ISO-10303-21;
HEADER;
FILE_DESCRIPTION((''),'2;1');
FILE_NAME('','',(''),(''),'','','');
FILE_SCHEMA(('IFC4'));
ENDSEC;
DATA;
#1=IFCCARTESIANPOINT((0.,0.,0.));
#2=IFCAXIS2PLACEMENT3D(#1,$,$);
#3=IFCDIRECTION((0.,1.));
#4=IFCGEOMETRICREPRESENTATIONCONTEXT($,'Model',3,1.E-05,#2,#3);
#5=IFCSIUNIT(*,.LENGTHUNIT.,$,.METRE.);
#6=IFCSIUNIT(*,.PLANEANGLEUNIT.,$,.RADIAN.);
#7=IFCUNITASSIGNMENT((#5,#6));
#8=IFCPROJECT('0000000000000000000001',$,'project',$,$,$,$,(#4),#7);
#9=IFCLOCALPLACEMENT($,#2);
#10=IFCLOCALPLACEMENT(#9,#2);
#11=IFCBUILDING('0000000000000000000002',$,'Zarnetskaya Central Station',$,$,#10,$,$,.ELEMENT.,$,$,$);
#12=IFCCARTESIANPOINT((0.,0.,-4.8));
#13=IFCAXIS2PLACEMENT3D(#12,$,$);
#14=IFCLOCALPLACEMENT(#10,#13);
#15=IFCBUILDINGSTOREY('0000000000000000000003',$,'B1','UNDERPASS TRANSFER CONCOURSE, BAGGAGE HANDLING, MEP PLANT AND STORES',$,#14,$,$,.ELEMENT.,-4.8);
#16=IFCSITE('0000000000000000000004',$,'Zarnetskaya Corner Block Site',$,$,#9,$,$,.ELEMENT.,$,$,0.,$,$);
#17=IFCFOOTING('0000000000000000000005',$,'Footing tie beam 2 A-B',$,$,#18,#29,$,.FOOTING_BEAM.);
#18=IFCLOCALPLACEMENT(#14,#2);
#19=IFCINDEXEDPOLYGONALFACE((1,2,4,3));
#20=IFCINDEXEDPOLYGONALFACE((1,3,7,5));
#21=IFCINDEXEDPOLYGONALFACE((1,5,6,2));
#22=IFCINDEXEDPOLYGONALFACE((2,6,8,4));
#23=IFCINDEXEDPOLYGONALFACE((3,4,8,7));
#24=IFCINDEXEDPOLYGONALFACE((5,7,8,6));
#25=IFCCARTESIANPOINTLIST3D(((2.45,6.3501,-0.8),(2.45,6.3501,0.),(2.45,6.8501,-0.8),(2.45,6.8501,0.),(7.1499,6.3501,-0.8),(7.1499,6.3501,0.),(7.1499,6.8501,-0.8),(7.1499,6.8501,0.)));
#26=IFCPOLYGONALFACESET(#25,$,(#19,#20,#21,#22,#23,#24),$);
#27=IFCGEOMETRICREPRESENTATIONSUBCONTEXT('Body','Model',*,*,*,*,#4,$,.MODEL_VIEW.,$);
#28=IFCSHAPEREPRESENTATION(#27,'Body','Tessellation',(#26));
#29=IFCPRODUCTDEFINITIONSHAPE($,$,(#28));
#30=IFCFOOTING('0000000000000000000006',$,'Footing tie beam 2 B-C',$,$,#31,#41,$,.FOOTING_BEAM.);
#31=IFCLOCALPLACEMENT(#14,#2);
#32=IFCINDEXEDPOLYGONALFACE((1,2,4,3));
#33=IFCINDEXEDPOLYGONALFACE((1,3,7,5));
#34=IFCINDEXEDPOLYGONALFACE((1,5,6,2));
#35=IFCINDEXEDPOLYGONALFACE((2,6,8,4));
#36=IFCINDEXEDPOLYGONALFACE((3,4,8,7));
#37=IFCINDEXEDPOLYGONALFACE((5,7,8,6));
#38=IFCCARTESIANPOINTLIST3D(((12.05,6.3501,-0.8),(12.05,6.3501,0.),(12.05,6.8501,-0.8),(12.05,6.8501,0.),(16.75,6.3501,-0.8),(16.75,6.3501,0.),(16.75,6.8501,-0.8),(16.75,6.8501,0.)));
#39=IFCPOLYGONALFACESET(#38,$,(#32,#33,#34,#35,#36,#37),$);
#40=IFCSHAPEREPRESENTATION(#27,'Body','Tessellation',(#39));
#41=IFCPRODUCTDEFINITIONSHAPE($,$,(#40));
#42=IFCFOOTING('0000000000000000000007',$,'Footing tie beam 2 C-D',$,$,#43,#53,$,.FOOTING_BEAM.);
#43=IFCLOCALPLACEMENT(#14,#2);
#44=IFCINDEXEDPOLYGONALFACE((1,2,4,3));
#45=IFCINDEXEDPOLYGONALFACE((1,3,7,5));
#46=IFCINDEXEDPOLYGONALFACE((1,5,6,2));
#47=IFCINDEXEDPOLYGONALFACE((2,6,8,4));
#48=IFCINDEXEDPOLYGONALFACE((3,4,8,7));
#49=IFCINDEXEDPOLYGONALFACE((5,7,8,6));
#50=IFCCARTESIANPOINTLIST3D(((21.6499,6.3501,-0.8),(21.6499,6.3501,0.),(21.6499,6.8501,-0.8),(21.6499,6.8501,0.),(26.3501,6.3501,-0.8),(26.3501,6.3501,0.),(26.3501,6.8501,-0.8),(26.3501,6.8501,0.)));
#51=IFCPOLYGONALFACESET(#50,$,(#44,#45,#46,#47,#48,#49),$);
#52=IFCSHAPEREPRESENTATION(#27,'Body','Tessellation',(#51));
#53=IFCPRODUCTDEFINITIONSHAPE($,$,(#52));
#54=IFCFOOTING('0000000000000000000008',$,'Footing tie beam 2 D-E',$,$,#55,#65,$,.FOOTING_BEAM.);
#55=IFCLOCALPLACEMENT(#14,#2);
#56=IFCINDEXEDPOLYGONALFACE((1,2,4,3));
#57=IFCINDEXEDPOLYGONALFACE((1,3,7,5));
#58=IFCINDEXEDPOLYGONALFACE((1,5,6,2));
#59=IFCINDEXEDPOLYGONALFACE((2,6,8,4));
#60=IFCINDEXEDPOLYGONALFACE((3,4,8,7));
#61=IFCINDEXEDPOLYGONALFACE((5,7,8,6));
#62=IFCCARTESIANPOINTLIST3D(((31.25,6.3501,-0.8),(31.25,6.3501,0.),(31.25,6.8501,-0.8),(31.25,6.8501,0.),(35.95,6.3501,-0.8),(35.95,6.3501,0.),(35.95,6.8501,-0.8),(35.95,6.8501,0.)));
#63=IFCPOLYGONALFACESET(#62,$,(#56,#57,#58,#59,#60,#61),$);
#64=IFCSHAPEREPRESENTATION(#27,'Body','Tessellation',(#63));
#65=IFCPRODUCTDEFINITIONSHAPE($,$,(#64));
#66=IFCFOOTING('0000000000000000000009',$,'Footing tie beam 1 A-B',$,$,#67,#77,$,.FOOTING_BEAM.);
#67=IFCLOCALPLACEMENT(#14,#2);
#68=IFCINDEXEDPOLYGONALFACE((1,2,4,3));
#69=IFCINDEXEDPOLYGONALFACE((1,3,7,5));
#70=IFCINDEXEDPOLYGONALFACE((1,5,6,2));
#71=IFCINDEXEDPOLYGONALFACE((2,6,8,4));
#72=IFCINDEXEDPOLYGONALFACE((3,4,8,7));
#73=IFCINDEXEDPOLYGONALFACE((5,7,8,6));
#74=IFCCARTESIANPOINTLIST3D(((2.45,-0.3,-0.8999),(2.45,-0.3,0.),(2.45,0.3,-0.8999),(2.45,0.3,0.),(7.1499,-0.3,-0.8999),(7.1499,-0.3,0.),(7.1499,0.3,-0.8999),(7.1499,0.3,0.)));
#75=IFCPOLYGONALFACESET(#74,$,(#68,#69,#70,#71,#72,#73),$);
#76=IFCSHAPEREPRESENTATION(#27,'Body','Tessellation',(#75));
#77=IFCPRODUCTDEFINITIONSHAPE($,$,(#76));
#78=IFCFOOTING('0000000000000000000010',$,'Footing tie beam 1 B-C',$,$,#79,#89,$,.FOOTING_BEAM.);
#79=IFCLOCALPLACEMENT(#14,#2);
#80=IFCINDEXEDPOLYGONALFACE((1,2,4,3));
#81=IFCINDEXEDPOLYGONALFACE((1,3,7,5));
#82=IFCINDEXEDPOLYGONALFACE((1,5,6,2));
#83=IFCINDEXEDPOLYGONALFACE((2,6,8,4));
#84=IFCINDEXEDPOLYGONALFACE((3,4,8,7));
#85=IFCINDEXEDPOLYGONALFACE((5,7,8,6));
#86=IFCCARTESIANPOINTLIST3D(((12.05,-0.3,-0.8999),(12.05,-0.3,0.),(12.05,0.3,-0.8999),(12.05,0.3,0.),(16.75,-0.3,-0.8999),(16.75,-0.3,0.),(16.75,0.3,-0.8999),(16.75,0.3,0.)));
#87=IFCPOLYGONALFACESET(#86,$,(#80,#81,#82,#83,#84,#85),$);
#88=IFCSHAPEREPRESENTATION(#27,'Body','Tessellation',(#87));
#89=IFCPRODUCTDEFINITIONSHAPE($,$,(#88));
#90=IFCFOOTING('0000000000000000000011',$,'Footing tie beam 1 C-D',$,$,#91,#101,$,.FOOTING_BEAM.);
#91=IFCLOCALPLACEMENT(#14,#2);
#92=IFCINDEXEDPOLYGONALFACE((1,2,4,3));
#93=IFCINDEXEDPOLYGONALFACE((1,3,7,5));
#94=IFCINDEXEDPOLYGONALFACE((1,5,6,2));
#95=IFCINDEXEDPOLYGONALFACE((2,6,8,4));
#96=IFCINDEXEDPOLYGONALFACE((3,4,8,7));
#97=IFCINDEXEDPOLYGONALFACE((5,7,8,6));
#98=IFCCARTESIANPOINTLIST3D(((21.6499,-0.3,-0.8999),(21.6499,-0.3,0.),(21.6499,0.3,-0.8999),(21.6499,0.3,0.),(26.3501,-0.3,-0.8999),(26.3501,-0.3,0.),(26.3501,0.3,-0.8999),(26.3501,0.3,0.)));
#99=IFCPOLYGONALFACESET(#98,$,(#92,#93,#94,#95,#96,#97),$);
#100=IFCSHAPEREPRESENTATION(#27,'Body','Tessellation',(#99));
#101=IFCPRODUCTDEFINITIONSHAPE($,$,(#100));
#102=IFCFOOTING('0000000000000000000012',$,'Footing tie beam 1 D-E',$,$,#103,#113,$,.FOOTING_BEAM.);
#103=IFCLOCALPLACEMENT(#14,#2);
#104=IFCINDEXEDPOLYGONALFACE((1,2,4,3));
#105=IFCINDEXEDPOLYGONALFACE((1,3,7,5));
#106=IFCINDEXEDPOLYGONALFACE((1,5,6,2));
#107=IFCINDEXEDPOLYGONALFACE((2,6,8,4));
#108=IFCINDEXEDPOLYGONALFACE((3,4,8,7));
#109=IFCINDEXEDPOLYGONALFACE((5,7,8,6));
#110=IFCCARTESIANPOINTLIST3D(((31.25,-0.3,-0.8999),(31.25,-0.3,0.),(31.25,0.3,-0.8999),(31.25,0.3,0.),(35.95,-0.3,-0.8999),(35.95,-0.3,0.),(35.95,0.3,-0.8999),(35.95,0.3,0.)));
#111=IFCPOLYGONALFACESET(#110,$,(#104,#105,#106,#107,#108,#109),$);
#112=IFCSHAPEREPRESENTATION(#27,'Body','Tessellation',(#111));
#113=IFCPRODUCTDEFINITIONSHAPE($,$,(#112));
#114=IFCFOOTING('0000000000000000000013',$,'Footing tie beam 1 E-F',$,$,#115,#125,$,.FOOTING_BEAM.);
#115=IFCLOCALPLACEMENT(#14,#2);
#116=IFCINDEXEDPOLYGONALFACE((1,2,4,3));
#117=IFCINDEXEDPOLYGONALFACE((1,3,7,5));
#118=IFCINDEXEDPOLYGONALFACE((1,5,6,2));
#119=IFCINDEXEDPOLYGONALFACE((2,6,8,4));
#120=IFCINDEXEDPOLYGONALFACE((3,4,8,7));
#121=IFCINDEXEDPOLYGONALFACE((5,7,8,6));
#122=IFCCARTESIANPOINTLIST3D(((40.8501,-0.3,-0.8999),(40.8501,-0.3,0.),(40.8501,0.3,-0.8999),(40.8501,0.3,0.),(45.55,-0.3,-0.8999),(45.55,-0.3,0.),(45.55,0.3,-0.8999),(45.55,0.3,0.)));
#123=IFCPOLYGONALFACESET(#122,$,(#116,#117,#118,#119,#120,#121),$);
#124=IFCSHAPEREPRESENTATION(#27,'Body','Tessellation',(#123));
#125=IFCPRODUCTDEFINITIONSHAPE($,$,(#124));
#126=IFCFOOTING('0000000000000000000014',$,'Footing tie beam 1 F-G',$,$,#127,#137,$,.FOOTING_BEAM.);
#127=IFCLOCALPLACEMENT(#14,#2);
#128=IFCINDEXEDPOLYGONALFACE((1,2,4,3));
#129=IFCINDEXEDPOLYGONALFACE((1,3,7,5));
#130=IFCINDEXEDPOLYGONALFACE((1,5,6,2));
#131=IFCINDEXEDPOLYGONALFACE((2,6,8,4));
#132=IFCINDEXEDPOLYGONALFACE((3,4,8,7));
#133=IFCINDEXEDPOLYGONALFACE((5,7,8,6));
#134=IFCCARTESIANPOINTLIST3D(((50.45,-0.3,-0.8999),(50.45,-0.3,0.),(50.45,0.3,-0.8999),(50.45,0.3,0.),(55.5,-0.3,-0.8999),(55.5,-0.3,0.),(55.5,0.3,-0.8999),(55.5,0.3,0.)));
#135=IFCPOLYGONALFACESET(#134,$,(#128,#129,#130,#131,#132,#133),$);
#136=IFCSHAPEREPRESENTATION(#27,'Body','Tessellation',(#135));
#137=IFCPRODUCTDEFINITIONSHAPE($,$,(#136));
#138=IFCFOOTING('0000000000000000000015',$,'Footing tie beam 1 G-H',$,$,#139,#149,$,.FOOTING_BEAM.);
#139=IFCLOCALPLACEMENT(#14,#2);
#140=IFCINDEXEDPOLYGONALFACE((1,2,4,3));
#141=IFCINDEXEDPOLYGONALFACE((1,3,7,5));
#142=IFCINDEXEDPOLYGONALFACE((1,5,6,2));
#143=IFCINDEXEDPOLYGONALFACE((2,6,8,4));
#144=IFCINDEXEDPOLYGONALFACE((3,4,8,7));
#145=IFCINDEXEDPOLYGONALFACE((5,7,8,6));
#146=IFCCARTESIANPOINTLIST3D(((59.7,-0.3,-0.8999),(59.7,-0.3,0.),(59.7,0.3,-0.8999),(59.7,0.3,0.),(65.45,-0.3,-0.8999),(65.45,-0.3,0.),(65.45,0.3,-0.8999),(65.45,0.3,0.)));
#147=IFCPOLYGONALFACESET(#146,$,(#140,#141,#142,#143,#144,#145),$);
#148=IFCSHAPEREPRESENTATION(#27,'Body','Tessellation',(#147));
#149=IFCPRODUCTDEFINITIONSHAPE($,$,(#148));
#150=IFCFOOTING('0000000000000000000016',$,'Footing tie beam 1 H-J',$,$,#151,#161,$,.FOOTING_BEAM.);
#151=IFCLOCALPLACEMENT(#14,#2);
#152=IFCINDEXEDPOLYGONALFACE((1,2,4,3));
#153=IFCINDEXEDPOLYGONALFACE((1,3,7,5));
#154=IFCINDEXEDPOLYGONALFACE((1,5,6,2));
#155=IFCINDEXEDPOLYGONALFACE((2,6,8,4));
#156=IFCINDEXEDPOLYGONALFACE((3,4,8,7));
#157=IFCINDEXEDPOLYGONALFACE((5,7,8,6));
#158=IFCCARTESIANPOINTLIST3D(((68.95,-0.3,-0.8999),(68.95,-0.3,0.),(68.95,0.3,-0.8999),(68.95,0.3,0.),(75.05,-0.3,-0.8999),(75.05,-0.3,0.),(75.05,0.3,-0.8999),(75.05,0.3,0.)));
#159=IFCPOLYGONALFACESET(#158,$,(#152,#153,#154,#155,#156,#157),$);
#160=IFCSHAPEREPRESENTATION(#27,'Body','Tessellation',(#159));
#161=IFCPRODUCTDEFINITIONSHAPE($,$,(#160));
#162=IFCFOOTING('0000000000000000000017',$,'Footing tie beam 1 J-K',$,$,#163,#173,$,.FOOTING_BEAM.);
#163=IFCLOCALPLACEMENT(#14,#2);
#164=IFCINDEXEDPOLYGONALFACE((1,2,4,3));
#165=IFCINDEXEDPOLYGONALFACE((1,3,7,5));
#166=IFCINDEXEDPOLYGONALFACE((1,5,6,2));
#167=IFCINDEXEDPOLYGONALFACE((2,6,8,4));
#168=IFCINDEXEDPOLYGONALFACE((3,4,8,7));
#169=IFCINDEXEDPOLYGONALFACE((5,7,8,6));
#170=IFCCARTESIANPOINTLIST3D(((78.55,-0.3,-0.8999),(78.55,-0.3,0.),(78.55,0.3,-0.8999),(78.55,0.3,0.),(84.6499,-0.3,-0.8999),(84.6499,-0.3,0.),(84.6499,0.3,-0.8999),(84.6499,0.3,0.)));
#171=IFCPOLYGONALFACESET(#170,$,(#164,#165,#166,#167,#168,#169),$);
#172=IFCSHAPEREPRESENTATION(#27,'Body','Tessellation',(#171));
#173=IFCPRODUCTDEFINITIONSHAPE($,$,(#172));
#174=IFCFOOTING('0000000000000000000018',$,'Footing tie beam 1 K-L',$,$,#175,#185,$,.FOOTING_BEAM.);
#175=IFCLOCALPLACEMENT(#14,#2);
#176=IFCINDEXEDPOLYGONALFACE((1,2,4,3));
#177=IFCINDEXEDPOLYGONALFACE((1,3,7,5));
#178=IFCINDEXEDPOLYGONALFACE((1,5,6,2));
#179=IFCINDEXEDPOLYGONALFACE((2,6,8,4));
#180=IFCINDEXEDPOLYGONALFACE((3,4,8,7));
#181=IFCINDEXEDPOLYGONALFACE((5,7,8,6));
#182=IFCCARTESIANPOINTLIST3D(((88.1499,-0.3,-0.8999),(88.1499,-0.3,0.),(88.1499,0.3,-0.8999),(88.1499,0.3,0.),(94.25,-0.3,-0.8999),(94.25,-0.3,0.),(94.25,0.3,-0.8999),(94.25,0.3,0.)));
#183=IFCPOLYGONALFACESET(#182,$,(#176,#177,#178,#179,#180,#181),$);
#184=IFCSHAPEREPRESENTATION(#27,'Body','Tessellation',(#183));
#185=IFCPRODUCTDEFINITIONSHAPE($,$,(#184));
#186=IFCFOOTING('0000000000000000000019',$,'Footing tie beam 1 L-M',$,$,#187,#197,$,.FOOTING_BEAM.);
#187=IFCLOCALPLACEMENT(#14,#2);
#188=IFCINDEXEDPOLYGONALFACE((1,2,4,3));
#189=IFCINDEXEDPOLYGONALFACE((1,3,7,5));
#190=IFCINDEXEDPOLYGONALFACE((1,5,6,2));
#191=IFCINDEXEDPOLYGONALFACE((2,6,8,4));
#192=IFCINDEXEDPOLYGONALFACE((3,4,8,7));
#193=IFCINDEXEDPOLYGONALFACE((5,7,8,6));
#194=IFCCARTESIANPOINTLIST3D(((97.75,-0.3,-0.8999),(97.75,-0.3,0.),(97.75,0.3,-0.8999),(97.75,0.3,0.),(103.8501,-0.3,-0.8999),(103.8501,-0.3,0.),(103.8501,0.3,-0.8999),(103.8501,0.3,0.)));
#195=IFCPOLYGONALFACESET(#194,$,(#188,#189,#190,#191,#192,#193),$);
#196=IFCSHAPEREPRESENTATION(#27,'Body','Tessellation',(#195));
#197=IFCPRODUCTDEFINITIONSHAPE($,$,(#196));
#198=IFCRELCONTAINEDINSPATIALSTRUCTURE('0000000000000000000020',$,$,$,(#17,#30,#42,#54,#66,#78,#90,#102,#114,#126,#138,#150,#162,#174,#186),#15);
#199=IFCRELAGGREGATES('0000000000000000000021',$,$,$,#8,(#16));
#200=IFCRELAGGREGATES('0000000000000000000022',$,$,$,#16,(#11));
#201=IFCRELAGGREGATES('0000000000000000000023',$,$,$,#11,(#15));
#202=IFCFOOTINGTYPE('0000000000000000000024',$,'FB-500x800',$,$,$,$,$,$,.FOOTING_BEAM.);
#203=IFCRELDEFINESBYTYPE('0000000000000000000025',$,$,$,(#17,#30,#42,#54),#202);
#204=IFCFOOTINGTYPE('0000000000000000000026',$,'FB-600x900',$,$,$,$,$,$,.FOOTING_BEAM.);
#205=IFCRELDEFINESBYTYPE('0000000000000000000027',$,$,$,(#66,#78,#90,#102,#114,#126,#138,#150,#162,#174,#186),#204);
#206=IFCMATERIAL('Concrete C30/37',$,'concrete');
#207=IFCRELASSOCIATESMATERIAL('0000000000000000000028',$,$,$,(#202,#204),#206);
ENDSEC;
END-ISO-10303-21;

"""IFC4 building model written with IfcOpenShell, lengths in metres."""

from ifc_helpers import new_model, si_unit, direction, frame, origin, place, context, subcontext, project, spatial, polyline, outline, extrude, material, type_object, element, save


model = new_model("IFC4")

# Units and contexts
model_context = context("Model", 3, precision=1e-05, world=origin(), true_north=direction((0.0, 1.0)))
body_context = subcontext(model_context, "Body", "Model", "MODEL_VIEW")
ifc_project = project(units=[si_unit("LENGTHUNIT", "METRE"), si_unit("PLANEANGLEUNIT", "RADIAN")], contexts=[model_context])

# Site, building, storey
site_placement = place(None, origin())
site = spatial("IfcSite", under=ifc_project, at=site_placement, Name="Zarnetskaya Corner Block Site", CompositionType="ELEMENT", RefElevation=0.0)
building_placement = place(site_placement, origin())
building = spatial("IfcBuilding", under=site, at=building_placement, Name="Zarnetskaya Central Station", CompositionType="ELEMENT")
storey_placement = place(building_placement, frame((0.0, 0.0, -4.8)))
storey = spatial("IfcBuildingStorey", under=building, at=storey_placement, Name="B1", Description="UNDERPASS TRANSFER CONCOURSE, BAGGAGE HANDLING, MEP PLANT AND STORES", CompositionType="ELEMENT", Elevation=-4.8)

# Footings
ifc_material_1 = material(Name="Concrete C30/37", Category="concrete")
footing_type_1 = type_object("IfcFootingType", Name="FB-500x800", PredefinedType="FOOTING_BEAM", material=ifc_material_1)
footing_1_placement = place(storey_placement, frame((0.0, 0.0, -0.8)))
element("IfcFooting", 1, at=footing_1_placement, inside=storey, type_object=footing_type_1, Name="Footing tie beam 2 A-B", PredefinedType="FOOTING_BEAM", context=body_context, shape_type="SweptSolid", body=[
    extrude(outline(polyline([(2.45, 6.3501), (7.1499, 6.3501), (7.1499, 6.8501), (2.45, 6.8501), (2.45, 6.3501)])), origin(), (0.0, 0.0, 1.0), 0.8),
])
footing_2_placement = place(storey_placement, frame((0.0, 0.0, -0.8)))
element("IfcFooting", 2, at=footing_2_placement, inside=storey, type_object=footing_type_1, Name="Footing tie beam 2 B-C", PredefinedType="FOOTING_BEAM", context=body_context, shape_type="SweptSolid", body=[
    extrude(outline(polyline([(12.05, 6.3501), (16.75, 6.3501), (16.75, 6.8501), (12.05, 6.8501), (12.05, 6.3501)])), origin(), (0.0, 0.0, 1.0), 0.8),
])
footing_3_placement = place(storey_placement, frame((0.0, 0.0, -0.8)))
element("IfcFooting", 3, at=footing_3_placement, inside=storey, type_object=footing_type_1, Name="Footing tie beam 2 C-D", PredefinedType="FOOTING_BEAM", context=body_context, shape_type="SweptSolid", body=[
    extrude(outline(polyline([(21.6499, 6.3501), (26.3501, 6.3501), (26.3501, 6.8501), (21.6499, 6.8501), (21.6499, 6.3501)])), origin(), (0.0, 0.0, 1.0), 0.8),
])
footing_4_placement = place(storey_placement, frame((0.0, 0.0, -0.8)))
element("IfcFooting", 4, at=footing_4_placement, inside=storey, type_object=footing_type_1, Name="Footing tie beam 2 D-E", PredefinedType="FOOTING_BEAM", context=body_context, shape_type="SweptSolid", body=[
    extrude(outline(polyline([(31.25, 6.3501), (35.95, 6.3501), (35.95, 6.8501), (31.25, 6.8501), (31.25, 6.3501)])), origin(), (0.0, 0.0, 1.0), 0.8),
])
footing_type_2 = type_object("IfcFootingType", Name="FB-600x900", PredefinedType="FOOTING_BEAM", material=ifc_material_1)
footing_5_placement = place(storey_placement, frame((0.0, 0.0, -0.8999)))
element("IfcFooting", 5, at=footing_5_placement, inside=storey, type_object=footing_type_2, Name="Footing tie beam 1 A-B", PredefinedType="FOOTING_BEAM", context=body_context, shape_type="SweptSolid", body=[
    extrude(outline(polyline([(2.45, -0.3), (7.1499, -0.3), (7.1499, 0.3), (2.45, 0.3), (2.45, -0.3)])), origin(), (0.0, 0.0, 1.0), 0.8999),
])
footing_6_placement = place(storey_placement, frame((0.0, 0.0, -0.8999)))
element("IfcFooting", 6, at=footing_6_placement, inside=storey, type_object=footing_type_2, Name="Footing tie beam 1 B-C", PredefinedType="FOOTING_BEAM", context=body_context, shape_type="SweptSolid", body=[
    extrude(outline(polyline([(12.05, -0.3), (16.75, -0.3), (16.75, 0.3), (12.05, 0.3), (12.05, -0.3)])), origin(), (0.0, 0.0, 1.0), 0.8999),
])
footing_7_placement = place(storey_placement, frame((0.0, 0.0, -0.8999)))
element("IfcFooting", 7, at=footing_7_placement, inside=storey, type_object=footing_type_2, Name="Footing tie beam 1 C-D", PredefinedType="FOOTING_BEAM", context=body_context, shape_type="SweptSolid", body=[
    extrude(outline(polyline([(21.6499, -0.3), (26.3501, -0.3), (26.3501, 0.3), (21.6499, 0.3), (21.6499, -0.3)])), origin(), (0.0, 0.0, 1.0), 0.8999),
])
footing_8_placement = place(storey_placement, frame((0.0, 0.0, -0.8999)))
element("IfcFooting", 8, at=footing_8_placement, inside=storey, type_object=footing_type_2, Name="Footing tie beam 1 D-E", PredefinedType="FOOTING_BEAM", context=body_context, shape_type="SweptSolid", body=[
    extrude(outline(polyline([(31.25, -0.3), (35.95, -0.3), (35.95, 0.3), (31.25, 0.3), (31.25, -0.3)])), origin(), (0.0, 0.0, 1.0), 0.8999),
])
footing_9_placement = place(storey_placement, frame((0.0, 0.0, -0.8999)))
element("IfcFooting", 9, at=footing_9_placement, inside=storey, type_object=footing_type_2, Name="Footing tie beam 1 E-F", PredefinedType="FOOTING_BEAM", context=body_context, shape_type="SweptSolid", body=[
    extrude(outline(polyline([(40.8501, -0.3), (45.55, -0.3), (45.55, 0.3), (40.8501, 0.3), (40.8501, -0.3)])), origin(), (0.0, 0.0, 1.0), 0.8999),
])
footing_10_placement = place(storey_placement, frame((0.0, 0.0, -0.8999)))
element("IfcFooting", 10, at=footing_10_placement, inside=storey, type_object=footing_type_2, Name="Footing tie beam 1 F-G", PredefinedType="FOOTING_BEAM", context=body_context, shape_type="SweptSolid", body=[
    extrude(outline(polyline([(50.45, -0.3), (55.5, -0.3), (55.5, 0.3), (50.45, 0.3), (50.45, -0.3)])), origin(), (0.0, 0.0, 1.0), 0.8999),
])
footing_11_placement = place(storey_placement, frame((0.0, 0.0, -0.8999)))
element("IfcFooting", 11, at=footing_11_placement, inside=storey, type_object=footing_type_2, Name="Footing tie beam 1 G-H", PredefinedType="FOOTING_BEAM", context=body_context, shape_type="SweptSolid", body=[
    extrude(outline(polyline([(59.7, -0.3), (65.45, -0.3), (65.45, 0.3), (59.7, 0.3), (59.7, -0.3)])), origin(), (0.0, 0.0, 1.0), 0.8999),
])
footing_12_placement = place(storey_placement, frame((0.0, 0.0, -0.8999)))
element("IfcFooting", 12, at=footing_12_placement, inside=storey, type_object=footing_type_2, Name="Footing tie beam 1 H-J", PredefinedType="FOOTING_BEAM", context=body_context, shape_type="SweptSolid", body=[
    extrude(outline(polyline([(68.95, -0.3), (75.05, -0.3), (75.05, 0.3), (68.95, 0.3), (68.95, -0.3)])), origin(), (0.0, 0.0, 1.0), 0.8999),
])
footing_13_placement = place(storey_placement, frame((0.0, 0.0, -0.8999)))
element("IfcFooting", 13, at=footing_13_placement, inside=storey, type_object=footing_type_2, Name="Footing tie beam 1 J-K", PredefinedType="FOOTING_BEAM", context=body_context, shape_type="SweptSolid", body=[
    extrude(outline(polyline([(78.55, -0.3), (84.6499, -0.3), (84.6499, 0.3), (78.55, 0.3), (78.55, -0.3)])), origin(), (0.0, 0.0, 1.0), 0.8999),
])
footing_14_placement = place(storey_placement, frame((0.0, 0.0, -0.8999)))
element("IfcFooting", 14, at=footing_14_placement, inside=storey, type_object=footing_type_2, Name="Footing tie beam 1 K-L", PredefinedType="FOOTING_BEAM", context=body_context, shape_type="SweptSolid", body=[
    extrude(outline(polyline([(88.1499, -0.3), (94.25, -0.3), (94.25, 0.3), (88.1499, 0.3), (88.1499, -0.3)])), origin(), (0.0, 0.0, 1.0), 0.8999),
])
footing_15_placement = place(storey_placement, frame((0.0, 0.0, -0.8999)))
element("IfcFooting", 15, at=footing_15_placement, inside=storey, type_object=footing_type_2, Name="Footing tie beam 1 L-M", PredefinedType="FOOTING_BEAM", context=body_context, shape_type="SweptSolid", body=[
    extrude(outline(polyline([(97.75, -0.3), (103.8501, -0.3), (103.8501, 0.3), (97.75, 0.3), (97.75, -0.3)])), origin(), (0.0, 0.0, 1.0), 0.8999),
])

save(model, "model.ifc")
